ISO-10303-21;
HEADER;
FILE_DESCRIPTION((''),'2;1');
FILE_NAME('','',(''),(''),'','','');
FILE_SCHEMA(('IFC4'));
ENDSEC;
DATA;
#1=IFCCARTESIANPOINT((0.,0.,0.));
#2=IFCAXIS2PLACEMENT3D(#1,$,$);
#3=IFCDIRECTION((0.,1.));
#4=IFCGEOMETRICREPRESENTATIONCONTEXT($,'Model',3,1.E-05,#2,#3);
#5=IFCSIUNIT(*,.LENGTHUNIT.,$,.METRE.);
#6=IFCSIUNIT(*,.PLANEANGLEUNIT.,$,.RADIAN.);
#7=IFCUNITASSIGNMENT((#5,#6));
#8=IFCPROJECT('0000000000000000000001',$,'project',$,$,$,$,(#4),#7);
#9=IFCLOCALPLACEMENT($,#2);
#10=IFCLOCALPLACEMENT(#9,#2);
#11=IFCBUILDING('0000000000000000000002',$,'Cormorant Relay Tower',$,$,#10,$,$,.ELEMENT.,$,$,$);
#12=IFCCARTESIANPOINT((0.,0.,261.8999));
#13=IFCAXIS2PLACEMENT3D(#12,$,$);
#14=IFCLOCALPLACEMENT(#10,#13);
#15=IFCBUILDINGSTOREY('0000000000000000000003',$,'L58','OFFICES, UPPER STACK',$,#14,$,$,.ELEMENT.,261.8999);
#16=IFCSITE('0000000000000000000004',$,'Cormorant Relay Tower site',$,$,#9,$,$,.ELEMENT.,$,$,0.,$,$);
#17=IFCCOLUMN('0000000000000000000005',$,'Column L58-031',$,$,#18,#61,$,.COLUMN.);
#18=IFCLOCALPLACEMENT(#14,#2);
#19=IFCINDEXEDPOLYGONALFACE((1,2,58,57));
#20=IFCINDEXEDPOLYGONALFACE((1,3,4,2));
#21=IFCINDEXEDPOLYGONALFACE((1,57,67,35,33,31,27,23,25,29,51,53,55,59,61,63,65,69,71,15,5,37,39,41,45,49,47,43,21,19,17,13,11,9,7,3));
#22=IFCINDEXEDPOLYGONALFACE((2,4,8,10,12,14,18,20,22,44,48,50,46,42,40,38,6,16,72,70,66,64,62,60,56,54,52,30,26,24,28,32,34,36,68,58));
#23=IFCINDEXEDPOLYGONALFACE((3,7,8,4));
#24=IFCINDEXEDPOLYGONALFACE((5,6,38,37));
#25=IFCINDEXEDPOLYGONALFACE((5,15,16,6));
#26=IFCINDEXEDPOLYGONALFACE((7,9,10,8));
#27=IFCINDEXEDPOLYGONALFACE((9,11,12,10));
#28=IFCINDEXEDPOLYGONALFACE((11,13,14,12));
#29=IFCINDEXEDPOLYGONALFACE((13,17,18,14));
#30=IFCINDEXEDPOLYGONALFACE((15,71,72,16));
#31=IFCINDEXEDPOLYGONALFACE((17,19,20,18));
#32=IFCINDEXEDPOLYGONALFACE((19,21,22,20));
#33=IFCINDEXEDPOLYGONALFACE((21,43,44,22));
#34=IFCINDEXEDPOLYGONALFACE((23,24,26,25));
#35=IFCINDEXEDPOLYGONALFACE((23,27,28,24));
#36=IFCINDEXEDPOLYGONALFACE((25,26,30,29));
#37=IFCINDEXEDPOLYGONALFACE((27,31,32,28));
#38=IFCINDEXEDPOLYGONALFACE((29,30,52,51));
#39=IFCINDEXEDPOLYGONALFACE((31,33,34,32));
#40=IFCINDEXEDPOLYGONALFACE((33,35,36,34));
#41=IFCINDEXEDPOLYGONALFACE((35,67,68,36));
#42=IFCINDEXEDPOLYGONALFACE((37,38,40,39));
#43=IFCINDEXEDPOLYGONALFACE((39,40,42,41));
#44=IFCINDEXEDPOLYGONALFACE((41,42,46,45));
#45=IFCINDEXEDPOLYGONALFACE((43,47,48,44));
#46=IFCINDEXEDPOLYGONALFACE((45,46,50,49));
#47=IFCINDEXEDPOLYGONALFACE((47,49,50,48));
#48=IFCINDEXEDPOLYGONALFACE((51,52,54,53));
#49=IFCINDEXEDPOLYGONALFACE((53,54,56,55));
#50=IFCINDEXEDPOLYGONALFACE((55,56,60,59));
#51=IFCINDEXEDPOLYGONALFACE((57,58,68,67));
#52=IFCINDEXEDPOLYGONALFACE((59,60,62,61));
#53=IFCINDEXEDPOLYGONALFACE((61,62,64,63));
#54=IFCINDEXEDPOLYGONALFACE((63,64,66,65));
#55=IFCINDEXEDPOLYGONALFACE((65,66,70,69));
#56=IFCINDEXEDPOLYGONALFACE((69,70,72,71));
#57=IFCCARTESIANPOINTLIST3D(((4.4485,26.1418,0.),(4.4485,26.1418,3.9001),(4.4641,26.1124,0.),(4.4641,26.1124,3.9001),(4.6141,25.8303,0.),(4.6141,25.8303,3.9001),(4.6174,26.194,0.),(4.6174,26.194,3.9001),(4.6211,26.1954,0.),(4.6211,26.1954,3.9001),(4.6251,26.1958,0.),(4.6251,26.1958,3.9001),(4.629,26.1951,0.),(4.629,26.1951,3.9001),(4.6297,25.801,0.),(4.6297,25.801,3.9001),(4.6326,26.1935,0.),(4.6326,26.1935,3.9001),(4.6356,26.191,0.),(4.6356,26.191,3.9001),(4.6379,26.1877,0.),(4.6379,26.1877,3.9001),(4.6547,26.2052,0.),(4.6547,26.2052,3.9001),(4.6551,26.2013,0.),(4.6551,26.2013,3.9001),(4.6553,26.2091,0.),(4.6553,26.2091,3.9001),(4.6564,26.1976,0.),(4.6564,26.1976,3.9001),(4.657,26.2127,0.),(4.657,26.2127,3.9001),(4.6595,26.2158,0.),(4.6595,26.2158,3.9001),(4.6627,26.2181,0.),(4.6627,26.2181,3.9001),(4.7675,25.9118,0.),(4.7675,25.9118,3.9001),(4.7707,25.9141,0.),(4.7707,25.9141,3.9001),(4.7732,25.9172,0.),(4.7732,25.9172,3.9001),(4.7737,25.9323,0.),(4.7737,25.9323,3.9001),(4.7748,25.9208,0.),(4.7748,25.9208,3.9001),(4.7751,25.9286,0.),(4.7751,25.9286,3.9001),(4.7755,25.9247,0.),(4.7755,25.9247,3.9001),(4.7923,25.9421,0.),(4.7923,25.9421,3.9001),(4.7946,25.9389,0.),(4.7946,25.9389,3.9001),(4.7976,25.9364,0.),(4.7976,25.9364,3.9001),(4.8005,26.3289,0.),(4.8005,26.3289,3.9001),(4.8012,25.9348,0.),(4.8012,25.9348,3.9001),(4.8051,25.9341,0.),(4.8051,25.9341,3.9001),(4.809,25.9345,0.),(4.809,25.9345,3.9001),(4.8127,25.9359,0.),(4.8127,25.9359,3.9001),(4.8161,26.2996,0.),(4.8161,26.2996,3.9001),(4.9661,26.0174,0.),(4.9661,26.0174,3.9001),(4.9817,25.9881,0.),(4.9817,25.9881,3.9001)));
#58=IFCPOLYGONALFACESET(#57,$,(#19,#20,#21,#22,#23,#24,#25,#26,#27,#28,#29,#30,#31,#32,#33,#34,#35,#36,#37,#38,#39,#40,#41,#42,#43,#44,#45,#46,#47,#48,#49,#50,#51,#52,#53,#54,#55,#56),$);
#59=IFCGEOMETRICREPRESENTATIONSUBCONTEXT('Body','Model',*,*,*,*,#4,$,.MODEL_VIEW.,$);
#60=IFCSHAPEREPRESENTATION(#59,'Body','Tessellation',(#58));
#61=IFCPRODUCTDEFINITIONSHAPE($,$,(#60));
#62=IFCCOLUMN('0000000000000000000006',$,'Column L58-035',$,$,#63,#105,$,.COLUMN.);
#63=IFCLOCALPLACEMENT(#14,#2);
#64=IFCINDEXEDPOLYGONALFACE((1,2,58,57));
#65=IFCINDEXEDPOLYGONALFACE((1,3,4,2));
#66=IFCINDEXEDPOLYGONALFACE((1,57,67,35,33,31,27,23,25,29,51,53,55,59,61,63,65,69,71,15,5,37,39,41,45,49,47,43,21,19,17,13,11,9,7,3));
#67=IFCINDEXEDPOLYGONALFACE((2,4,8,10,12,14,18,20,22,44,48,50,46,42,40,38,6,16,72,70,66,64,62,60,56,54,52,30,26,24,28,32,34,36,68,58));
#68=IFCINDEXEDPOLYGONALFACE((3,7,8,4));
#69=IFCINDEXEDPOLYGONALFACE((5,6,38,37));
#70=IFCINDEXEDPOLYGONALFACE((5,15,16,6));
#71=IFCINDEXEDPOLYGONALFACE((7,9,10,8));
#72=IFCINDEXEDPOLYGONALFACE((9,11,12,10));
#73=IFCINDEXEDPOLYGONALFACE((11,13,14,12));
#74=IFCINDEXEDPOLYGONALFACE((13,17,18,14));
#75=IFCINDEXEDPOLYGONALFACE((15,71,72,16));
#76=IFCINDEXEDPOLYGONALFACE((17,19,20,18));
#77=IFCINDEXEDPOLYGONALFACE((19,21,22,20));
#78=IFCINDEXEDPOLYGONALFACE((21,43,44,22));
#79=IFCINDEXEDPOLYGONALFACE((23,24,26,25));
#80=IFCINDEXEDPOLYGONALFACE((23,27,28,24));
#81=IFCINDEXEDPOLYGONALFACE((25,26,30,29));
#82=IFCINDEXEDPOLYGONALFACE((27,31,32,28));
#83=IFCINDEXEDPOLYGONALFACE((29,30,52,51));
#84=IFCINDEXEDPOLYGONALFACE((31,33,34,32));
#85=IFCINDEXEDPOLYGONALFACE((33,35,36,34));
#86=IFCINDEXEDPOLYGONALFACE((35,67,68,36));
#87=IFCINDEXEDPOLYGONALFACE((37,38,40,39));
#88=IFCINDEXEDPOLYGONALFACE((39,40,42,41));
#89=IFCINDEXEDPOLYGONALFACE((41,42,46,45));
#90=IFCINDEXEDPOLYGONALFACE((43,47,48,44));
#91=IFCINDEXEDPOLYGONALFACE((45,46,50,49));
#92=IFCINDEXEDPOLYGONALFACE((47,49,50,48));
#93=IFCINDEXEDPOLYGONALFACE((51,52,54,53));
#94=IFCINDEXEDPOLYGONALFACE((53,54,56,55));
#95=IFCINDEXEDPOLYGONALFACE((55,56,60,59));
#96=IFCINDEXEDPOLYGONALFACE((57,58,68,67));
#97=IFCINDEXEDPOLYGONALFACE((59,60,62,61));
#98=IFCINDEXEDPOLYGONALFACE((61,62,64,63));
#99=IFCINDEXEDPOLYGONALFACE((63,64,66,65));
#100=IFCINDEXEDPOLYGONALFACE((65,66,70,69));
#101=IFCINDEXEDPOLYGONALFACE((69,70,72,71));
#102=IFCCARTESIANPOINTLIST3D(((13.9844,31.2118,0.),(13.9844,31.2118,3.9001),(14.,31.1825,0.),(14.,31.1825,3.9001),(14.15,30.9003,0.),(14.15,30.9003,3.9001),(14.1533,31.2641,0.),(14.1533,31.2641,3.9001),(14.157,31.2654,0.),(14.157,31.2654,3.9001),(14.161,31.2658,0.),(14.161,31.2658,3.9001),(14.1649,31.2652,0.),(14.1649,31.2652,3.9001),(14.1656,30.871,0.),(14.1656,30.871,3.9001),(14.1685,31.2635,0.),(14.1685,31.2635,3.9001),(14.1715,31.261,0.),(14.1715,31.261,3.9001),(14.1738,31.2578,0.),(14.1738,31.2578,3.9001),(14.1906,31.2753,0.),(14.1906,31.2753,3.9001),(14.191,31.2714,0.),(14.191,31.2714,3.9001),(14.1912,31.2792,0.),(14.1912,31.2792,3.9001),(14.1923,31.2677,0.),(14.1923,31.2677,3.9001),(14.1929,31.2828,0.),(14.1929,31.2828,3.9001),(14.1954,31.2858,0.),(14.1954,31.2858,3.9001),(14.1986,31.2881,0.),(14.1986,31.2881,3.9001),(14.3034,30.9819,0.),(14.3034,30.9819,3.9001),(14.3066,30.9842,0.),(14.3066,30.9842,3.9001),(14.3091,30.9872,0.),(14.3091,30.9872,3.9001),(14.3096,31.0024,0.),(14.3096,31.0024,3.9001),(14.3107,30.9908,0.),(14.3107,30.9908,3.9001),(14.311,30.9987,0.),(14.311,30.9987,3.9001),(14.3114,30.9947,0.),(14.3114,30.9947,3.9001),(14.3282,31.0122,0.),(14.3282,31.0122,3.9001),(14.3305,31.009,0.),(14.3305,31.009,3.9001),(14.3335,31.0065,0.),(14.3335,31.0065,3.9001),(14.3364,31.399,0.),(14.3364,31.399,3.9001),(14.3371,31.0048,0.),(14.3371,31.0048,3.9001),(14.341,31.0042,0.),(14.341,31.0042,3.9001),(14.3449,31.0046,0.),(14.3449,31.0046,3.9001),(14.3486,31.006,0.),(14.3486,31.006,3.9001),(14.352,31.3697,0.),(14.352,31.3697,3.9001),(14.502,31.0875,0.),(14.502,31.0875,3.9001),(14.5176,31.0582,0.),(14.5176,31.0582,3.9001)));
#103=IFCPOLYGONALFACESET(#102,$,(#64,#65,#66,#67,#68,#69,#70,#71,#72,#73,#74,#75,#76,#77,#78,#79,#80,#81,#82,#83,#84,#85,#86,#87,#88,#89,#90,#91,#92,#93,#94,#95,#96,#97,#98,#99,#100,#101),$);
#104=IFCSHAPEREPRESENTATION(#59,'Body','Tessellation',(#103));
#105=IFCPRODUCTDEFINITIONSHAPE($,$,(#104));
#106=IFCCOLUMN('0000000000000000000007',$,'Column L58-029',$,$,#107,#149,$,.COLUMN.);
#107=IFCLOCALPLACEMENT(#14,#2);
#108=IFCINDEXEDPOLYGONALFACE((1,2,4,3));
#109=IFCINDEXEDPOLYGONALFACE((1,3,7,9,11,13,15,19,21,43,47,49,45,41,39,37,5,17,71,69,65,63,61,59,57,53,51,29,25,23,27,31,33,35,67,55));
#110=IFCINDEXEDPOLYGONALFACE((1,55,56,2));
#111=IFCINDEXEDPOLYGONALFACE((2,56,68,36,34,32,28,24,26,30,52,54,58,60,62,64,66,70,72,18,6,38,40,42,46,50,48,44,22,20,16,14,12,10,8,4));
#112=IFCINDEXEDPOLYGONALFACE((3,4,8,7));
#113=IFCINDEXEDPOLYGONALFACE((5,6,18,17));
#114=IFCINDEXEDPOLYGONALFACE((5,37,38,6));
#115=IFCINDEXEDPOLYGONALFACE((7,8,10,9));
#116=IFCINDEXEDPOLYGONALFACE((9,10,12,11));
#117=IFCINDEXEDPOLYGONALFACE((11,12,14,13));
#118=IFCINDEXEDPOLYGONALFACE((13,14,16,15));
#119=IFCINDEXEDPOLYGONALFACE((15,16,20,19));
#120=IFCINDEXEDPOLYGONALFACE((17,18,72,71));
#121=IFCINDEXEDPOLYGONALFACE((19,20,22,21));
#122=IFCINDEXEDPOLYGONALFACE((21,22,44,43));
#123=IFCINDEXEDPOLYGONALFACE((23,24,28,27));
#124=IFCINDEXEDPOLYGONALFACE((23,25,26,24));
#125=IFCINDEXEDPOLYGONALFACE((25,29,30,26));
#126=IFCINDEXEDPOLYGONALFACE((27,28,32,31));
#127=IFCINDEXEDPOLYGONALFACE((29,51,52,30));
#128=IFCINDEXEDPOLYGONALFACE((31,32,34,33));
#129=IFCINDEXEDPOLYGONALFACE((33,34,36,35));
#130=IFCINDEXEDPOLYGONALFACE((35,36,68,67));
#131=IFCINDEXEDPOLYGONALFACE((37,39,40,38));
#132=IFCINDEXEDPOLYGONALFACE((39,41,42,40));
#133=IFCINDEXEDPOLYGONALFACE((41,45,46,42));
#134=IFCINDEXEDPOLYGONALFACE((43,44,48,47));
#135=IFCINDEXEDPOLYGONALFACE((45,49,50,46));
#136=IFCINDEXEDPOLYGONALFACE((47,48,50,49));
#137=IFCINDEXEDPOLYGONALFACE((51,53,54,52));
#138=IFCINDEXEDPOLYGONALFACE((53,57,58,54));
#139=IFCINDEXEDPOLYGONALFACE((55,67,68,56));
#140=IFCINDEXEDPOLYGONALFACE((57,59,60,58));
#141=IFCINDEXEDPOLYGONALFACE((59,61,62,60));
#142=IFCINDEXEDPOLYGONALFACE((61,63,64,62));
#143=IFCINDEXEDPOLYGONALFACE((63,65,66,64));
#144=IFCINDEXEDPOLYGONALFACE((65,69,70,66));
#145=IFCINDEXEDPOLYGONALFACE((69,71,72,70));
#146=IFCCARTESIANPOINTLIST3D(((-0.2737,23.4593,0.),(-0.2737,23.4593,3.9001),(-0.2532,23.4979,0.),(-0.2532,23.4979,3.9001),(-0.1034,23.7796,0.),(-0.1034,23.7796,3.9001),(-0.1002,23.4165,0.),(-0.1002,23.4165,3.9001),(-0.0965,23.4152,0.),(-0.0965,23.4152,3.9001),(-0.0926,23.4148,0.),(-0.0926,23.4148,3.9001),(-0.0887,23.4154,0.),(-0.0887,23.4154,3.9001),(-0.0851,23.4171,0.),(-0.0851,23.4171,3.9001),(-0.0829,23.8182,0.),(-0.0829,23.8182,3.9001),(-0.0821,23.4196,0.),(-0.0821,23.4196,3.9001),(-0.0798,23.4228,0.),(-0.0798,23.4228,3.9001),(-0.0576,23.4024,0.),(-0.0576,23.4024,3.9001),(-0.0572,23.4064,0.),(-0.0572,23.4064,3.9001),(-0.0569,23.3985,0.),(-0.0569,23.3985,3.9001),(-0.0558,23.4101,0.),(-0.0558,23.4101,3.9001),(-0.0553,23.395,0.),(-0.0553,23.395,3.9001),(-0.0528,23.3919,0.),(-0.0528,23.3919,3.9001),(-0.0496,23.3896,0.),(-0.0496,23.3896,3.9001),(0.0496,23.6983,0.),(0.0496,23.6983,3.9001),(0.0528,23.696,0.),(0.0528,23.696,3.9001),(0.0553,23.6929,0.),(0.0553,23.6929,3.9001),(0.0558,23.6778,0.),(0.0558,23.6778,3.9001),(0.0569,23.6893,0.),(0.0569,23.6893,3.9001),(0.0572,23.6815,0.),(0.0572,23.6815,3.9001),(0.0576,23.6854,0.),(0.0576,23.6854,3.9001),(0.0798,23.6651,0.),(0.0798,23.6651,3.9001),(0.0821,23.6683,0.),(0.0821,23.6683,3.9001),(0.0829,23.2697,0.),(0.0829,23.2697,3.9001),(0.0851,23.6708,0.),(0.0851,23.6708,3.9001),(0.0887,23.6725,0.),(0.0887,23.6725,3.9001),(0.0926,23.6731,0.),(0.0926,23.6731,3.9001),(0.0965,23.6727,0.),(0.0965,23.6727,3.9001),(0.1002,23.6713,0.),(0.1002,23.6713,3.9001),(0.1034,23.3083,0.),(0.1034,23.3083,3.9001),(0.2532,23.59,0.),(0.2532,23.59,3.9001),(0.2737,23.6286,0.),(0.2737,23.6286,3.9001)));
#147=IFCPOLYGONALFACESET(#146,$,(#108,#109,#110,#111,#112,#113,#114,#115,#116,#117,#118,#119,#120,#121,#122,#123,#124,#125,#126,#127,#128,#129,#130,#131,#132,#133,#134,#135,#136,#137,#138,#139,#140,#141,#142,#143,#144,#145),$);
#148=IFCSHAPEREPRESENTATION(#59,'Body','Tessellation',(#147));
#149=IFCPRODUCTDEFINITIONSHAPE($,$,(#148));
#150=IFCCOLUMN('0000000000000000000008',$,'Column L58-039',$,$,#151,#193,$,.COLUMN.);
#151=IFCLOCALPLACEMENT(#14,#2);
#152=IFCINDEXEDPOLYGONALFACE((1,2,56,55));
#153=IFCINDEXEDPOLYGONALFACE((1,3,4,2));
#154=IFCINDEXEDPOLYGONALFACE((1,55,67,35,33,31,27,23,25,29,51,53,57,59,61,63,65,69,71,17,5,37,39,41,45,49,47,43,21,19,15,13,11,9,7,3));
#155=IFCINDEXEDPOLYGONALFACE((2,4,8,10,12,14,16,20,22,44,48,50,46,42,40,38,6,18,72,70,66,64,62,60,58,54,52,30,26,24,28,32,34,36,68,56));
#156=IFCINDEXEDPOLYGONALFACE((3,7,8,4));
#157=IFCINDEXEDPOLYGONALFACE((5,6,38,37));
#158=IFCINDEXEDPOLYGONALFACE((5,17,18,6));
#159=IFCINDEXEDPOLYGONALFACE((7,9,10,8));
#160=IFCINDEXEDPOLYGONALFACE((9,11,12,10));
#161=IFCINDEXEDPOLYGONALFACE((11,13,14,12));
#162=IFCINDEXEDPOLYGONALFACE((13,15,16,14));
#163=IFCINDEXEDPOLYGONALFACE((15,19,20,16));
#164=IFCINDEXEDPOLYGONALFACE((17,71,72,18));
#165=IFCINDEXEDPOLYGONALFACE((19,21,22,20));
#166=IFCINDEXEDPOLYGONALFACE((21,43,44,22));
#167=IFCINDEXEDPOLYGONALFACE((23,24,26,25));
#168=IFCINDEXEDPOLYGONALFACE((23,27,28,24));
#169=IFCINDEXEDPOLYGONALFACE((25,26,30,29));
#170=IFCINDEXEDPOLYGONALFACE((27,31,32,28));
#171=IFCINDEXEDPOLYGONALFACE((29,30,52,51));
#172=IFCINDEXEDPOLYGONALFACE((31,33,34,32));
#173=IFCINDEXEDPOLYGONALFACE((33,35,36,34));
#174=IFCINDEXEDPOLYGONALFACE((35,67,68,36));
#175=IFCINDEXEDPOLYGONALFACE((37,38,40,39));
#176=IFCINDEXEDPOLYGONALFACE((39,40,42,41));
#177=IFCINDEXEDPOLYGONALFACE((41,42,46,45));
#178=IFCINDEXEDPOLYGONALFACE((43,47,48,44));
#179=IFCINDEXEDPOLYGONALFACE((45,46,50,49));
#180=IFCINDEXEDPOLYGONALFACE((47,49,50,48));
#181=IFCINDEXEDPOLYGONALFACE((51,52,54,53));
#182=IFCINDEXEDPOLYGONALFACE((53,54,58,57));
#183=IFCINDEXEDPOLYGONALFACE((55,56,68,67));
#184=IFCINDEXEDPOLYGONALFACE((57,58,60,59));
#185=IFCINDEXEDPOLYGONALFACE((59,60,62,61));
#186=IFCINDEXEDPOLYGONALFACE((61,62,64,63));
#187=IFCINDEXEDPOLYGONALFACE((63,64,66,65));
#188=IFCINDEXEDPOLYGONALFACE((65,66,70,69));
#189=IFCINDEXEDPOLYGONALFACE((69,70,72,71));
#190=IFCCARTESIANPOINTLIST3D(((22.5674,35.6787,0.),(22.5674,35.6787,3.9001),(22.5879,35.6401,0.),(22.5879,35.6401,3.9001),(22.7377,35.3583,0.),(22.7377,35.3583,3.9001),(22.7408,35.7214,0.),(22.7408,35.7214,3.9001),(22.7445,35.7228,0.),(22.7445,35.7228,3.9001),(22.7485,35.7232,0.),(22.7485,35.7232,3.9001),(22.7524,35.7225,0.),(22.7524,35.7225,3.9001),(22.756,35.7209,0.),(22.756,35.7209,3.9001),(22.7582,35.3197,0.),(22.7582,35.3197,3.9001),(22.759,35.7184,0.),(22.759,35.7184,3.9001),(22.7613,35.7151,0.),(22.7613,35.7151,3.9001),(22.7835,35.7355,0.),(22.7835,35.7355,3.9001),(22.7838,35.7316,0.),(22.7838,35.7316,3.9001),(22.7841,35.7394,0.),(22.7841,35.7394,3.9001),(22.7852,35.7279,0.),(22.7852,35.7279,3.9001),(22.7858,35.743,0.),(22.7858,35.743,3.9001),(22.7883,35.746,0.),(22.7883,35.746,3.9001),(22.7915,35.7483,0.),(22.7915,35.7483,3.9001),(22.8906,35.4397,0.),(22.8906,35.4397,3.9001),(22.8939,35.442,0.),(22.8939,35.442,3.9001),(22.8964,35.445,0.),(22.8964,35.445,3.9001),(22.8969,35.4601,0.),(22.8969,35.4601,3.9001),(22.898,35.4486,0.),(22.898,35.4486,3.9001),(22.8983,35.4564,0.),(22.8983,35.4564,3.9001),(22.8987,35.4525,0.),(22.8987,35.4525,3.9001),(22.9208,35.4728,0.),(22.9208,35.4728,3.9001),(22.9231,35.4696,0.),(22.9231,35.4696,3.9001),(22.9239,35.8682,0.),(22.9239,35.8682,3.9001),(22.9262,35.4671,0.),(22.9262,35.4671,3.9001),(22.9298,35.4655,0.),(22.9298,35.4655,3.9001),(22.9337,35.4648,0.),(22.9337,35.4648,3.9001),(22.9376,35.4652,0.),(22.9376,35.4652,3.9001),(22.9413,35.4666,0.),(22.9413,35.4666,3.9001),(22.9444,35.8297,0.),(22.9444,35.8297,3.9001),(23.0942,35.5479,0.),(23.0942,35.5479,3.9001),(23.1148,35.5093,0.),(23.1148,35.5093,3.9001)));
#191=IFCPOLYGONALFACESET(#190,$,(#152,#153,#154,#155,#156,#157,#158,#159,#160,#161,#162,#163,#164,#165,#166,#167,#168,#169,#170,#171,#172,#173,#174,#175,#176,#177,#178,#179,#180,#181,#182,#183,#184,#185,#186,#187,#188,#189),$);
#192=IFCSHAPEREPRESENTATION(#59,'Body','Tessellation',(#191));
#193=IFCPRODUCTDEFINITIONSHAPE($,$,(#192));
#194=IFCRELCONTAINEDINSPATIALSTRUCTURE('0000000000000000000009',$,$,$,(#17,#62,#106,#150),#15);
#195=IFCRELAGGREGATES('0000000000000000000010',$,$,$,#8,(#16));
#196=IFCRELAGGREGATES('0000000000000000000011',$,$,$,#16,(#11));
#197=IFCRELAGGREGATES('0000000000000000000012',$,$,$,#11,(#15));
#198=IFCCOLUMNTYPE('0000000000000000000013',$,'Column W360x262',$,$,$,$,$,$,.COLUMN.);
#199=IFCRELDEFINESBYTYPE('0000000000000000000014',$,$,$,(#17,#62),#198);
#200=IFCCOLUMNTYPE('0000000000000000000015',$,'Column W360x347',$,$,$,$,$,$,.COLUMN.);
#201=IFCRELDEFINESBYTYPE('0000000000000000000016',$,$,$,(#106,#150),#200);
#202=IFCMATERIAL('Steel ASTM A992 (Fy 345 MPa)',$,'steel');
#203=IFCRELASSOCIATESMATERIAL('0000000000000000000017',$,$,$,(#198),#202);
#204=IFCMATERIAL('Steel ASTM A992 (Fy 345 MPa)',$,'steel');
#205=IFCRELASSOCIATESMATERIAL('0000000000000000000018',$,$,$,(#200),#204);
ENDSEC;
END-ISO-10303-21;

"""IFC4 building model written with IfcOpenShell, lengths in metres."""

from ifc_helpers import new_model, si_unit, direction, frame, origin, origin_2d, place, context, subcontext, project, spatial, i_section, extrude, material, material_profile, profile_set, type_object, element, save


model = new_model("IFC4")

# Units and contexts
model_context = context("Model", 3, precision=1e-05, world=origin(), true_north=direction((0.0, 1.0)))
body_context = subcontext(model_context, "Body", "Model", "MODEL_VIEW")
ifc_project = project(units=[si_unit("LENGTHUNIT", "METRE"), si_unit("PLANEANGLEUNIT", "RADIAN")], contexts=[model_context])

# Site, building, storey
site_placement = place(None, origin())
site = spatial("IfcSite", under=ifc_project, at=site_placement, Name="Cormorant Relay Tower site", CompositionType="ELEMENT", RefElevation=0.0)
building_placement = place(site_placement, origin())
building = spatial("IfcBuilding", under=site, at=building_placement, Name="Cormorant Relay Tower", CompositionType="ELEMENT")
storey_placement = place(building_placement, frame((0.0, 0.0, 261.8999)))
storey = spatial("IfcBuildingStorey", under=building, at=storey_placement, Name="L58", Description="OFFICES, UPPER STACK", CompositionType="ELEMENT", Elevation=261.8999)

# Columns
ifc_material_1 = material(Name="Steel ASTM A992 (Fy 345 MPa)", Category="steel")
ifc_material_profile_1 = material_profile(ifc_material_1, i_section(OverallWidth=0.3987, OverallDepth=0.386, WebThickness=0.021, FlangeThickness=0.0332, FilletRadius=0.0151, at=origin_2d()), Name="W360x262")
ifc_profile_set_1 = profile_set([ifc_material_profile_1], Name="Steel ASTM A992 (Fy 345 MPa)")
column_type_1 = type_object("IfcColumnType", Name="Column W360x262", PredefinedType="COLUMN", material=ifc_profile_set_1)
for number, where, z_axis, x_axis, name in (
    (1, (4.7151, 26.0649, 0.0), (0.0, 0.0, 1.0), (-0.882948, -0.469472, 0.0), "Column L58-031"),
    (2, (14.251, 31.135, 0.0), (0.0, 0.0, 1.0), (-0.882948, -0.469472, 0.0), "Column L58-035"),
):
    element("IfcColumn", number, at=place(storey_placement, frame(where, z_axis=z_axis, x_axis=x_axis)), inside=storey, type_object=column_type_1, Name=name, PredefinedType="COLUMN", context=body_context, shape_type="SweptSolid", body=[
        extrude(i_section(OverallWidth=0.3987, OverallDepth=0.386, WebThickness=0.021, FlangeThickness=0.0332, FilletRadius=0.0151, at=origin_2d()), origin(), (0.0, 0.0, 1.0), 3.9001),
    ])
ifc_material_2 = material(Name="Steel ASTM A992 (Fy 345 MPa)", Category="steel")
ifc_material_profile_2 = material_profile(ifc_material_2, i_section(OverallWidth=0.4038, OverallDepth=0.4065, WebThickness=0.0271, FlangeThickness=0.0437, FilletRadius=0.0151, at=origin_2d()), Name="W360x347")
ifc_profile_set_2 = profile_set([ifc_material_profile_2], Name="Steel ASTM A992 (Fy 345 MPa)")
column_type_2 = type_object("IfcColumnType", Name="Column W360x347", PredefinedType="COLUMN", material=ifc_profile_set_2)
for number, where, z_axis, x_axis, name in (
    (3, (0.0, 23.5439, 0.0), (0.0, 0.0, 1.0), (-0.882948, 0.469472, 0.0), "Column L58-029"),
    (4, (22.8411, 35.594, 0.0), (0.0, 0.0, 1.0), (-0.882948, -0.469472, 0.0), "Column L58-039"),
):
    element("IfcColumn", number, at=place(storey_placement, frame(where, z_axis=z_axis, x_axis=x_axis)), inside=storey, type_object=column_type_2, Name=name, PredefinedType="COLUMN", context=body_context, shape_type="SweptSolid", body=[
        extrude(i_section(OverallWidth=0.4038, OverallDepth=0.4065, WebThickness=0.0271, FlangeThickness=0.0437, FilletRadius=0.0151, at=origin_2d()), origin(), (0.0, 0.0, 1.0), 3.9001),
    ])

save(model, "model.ifc")
